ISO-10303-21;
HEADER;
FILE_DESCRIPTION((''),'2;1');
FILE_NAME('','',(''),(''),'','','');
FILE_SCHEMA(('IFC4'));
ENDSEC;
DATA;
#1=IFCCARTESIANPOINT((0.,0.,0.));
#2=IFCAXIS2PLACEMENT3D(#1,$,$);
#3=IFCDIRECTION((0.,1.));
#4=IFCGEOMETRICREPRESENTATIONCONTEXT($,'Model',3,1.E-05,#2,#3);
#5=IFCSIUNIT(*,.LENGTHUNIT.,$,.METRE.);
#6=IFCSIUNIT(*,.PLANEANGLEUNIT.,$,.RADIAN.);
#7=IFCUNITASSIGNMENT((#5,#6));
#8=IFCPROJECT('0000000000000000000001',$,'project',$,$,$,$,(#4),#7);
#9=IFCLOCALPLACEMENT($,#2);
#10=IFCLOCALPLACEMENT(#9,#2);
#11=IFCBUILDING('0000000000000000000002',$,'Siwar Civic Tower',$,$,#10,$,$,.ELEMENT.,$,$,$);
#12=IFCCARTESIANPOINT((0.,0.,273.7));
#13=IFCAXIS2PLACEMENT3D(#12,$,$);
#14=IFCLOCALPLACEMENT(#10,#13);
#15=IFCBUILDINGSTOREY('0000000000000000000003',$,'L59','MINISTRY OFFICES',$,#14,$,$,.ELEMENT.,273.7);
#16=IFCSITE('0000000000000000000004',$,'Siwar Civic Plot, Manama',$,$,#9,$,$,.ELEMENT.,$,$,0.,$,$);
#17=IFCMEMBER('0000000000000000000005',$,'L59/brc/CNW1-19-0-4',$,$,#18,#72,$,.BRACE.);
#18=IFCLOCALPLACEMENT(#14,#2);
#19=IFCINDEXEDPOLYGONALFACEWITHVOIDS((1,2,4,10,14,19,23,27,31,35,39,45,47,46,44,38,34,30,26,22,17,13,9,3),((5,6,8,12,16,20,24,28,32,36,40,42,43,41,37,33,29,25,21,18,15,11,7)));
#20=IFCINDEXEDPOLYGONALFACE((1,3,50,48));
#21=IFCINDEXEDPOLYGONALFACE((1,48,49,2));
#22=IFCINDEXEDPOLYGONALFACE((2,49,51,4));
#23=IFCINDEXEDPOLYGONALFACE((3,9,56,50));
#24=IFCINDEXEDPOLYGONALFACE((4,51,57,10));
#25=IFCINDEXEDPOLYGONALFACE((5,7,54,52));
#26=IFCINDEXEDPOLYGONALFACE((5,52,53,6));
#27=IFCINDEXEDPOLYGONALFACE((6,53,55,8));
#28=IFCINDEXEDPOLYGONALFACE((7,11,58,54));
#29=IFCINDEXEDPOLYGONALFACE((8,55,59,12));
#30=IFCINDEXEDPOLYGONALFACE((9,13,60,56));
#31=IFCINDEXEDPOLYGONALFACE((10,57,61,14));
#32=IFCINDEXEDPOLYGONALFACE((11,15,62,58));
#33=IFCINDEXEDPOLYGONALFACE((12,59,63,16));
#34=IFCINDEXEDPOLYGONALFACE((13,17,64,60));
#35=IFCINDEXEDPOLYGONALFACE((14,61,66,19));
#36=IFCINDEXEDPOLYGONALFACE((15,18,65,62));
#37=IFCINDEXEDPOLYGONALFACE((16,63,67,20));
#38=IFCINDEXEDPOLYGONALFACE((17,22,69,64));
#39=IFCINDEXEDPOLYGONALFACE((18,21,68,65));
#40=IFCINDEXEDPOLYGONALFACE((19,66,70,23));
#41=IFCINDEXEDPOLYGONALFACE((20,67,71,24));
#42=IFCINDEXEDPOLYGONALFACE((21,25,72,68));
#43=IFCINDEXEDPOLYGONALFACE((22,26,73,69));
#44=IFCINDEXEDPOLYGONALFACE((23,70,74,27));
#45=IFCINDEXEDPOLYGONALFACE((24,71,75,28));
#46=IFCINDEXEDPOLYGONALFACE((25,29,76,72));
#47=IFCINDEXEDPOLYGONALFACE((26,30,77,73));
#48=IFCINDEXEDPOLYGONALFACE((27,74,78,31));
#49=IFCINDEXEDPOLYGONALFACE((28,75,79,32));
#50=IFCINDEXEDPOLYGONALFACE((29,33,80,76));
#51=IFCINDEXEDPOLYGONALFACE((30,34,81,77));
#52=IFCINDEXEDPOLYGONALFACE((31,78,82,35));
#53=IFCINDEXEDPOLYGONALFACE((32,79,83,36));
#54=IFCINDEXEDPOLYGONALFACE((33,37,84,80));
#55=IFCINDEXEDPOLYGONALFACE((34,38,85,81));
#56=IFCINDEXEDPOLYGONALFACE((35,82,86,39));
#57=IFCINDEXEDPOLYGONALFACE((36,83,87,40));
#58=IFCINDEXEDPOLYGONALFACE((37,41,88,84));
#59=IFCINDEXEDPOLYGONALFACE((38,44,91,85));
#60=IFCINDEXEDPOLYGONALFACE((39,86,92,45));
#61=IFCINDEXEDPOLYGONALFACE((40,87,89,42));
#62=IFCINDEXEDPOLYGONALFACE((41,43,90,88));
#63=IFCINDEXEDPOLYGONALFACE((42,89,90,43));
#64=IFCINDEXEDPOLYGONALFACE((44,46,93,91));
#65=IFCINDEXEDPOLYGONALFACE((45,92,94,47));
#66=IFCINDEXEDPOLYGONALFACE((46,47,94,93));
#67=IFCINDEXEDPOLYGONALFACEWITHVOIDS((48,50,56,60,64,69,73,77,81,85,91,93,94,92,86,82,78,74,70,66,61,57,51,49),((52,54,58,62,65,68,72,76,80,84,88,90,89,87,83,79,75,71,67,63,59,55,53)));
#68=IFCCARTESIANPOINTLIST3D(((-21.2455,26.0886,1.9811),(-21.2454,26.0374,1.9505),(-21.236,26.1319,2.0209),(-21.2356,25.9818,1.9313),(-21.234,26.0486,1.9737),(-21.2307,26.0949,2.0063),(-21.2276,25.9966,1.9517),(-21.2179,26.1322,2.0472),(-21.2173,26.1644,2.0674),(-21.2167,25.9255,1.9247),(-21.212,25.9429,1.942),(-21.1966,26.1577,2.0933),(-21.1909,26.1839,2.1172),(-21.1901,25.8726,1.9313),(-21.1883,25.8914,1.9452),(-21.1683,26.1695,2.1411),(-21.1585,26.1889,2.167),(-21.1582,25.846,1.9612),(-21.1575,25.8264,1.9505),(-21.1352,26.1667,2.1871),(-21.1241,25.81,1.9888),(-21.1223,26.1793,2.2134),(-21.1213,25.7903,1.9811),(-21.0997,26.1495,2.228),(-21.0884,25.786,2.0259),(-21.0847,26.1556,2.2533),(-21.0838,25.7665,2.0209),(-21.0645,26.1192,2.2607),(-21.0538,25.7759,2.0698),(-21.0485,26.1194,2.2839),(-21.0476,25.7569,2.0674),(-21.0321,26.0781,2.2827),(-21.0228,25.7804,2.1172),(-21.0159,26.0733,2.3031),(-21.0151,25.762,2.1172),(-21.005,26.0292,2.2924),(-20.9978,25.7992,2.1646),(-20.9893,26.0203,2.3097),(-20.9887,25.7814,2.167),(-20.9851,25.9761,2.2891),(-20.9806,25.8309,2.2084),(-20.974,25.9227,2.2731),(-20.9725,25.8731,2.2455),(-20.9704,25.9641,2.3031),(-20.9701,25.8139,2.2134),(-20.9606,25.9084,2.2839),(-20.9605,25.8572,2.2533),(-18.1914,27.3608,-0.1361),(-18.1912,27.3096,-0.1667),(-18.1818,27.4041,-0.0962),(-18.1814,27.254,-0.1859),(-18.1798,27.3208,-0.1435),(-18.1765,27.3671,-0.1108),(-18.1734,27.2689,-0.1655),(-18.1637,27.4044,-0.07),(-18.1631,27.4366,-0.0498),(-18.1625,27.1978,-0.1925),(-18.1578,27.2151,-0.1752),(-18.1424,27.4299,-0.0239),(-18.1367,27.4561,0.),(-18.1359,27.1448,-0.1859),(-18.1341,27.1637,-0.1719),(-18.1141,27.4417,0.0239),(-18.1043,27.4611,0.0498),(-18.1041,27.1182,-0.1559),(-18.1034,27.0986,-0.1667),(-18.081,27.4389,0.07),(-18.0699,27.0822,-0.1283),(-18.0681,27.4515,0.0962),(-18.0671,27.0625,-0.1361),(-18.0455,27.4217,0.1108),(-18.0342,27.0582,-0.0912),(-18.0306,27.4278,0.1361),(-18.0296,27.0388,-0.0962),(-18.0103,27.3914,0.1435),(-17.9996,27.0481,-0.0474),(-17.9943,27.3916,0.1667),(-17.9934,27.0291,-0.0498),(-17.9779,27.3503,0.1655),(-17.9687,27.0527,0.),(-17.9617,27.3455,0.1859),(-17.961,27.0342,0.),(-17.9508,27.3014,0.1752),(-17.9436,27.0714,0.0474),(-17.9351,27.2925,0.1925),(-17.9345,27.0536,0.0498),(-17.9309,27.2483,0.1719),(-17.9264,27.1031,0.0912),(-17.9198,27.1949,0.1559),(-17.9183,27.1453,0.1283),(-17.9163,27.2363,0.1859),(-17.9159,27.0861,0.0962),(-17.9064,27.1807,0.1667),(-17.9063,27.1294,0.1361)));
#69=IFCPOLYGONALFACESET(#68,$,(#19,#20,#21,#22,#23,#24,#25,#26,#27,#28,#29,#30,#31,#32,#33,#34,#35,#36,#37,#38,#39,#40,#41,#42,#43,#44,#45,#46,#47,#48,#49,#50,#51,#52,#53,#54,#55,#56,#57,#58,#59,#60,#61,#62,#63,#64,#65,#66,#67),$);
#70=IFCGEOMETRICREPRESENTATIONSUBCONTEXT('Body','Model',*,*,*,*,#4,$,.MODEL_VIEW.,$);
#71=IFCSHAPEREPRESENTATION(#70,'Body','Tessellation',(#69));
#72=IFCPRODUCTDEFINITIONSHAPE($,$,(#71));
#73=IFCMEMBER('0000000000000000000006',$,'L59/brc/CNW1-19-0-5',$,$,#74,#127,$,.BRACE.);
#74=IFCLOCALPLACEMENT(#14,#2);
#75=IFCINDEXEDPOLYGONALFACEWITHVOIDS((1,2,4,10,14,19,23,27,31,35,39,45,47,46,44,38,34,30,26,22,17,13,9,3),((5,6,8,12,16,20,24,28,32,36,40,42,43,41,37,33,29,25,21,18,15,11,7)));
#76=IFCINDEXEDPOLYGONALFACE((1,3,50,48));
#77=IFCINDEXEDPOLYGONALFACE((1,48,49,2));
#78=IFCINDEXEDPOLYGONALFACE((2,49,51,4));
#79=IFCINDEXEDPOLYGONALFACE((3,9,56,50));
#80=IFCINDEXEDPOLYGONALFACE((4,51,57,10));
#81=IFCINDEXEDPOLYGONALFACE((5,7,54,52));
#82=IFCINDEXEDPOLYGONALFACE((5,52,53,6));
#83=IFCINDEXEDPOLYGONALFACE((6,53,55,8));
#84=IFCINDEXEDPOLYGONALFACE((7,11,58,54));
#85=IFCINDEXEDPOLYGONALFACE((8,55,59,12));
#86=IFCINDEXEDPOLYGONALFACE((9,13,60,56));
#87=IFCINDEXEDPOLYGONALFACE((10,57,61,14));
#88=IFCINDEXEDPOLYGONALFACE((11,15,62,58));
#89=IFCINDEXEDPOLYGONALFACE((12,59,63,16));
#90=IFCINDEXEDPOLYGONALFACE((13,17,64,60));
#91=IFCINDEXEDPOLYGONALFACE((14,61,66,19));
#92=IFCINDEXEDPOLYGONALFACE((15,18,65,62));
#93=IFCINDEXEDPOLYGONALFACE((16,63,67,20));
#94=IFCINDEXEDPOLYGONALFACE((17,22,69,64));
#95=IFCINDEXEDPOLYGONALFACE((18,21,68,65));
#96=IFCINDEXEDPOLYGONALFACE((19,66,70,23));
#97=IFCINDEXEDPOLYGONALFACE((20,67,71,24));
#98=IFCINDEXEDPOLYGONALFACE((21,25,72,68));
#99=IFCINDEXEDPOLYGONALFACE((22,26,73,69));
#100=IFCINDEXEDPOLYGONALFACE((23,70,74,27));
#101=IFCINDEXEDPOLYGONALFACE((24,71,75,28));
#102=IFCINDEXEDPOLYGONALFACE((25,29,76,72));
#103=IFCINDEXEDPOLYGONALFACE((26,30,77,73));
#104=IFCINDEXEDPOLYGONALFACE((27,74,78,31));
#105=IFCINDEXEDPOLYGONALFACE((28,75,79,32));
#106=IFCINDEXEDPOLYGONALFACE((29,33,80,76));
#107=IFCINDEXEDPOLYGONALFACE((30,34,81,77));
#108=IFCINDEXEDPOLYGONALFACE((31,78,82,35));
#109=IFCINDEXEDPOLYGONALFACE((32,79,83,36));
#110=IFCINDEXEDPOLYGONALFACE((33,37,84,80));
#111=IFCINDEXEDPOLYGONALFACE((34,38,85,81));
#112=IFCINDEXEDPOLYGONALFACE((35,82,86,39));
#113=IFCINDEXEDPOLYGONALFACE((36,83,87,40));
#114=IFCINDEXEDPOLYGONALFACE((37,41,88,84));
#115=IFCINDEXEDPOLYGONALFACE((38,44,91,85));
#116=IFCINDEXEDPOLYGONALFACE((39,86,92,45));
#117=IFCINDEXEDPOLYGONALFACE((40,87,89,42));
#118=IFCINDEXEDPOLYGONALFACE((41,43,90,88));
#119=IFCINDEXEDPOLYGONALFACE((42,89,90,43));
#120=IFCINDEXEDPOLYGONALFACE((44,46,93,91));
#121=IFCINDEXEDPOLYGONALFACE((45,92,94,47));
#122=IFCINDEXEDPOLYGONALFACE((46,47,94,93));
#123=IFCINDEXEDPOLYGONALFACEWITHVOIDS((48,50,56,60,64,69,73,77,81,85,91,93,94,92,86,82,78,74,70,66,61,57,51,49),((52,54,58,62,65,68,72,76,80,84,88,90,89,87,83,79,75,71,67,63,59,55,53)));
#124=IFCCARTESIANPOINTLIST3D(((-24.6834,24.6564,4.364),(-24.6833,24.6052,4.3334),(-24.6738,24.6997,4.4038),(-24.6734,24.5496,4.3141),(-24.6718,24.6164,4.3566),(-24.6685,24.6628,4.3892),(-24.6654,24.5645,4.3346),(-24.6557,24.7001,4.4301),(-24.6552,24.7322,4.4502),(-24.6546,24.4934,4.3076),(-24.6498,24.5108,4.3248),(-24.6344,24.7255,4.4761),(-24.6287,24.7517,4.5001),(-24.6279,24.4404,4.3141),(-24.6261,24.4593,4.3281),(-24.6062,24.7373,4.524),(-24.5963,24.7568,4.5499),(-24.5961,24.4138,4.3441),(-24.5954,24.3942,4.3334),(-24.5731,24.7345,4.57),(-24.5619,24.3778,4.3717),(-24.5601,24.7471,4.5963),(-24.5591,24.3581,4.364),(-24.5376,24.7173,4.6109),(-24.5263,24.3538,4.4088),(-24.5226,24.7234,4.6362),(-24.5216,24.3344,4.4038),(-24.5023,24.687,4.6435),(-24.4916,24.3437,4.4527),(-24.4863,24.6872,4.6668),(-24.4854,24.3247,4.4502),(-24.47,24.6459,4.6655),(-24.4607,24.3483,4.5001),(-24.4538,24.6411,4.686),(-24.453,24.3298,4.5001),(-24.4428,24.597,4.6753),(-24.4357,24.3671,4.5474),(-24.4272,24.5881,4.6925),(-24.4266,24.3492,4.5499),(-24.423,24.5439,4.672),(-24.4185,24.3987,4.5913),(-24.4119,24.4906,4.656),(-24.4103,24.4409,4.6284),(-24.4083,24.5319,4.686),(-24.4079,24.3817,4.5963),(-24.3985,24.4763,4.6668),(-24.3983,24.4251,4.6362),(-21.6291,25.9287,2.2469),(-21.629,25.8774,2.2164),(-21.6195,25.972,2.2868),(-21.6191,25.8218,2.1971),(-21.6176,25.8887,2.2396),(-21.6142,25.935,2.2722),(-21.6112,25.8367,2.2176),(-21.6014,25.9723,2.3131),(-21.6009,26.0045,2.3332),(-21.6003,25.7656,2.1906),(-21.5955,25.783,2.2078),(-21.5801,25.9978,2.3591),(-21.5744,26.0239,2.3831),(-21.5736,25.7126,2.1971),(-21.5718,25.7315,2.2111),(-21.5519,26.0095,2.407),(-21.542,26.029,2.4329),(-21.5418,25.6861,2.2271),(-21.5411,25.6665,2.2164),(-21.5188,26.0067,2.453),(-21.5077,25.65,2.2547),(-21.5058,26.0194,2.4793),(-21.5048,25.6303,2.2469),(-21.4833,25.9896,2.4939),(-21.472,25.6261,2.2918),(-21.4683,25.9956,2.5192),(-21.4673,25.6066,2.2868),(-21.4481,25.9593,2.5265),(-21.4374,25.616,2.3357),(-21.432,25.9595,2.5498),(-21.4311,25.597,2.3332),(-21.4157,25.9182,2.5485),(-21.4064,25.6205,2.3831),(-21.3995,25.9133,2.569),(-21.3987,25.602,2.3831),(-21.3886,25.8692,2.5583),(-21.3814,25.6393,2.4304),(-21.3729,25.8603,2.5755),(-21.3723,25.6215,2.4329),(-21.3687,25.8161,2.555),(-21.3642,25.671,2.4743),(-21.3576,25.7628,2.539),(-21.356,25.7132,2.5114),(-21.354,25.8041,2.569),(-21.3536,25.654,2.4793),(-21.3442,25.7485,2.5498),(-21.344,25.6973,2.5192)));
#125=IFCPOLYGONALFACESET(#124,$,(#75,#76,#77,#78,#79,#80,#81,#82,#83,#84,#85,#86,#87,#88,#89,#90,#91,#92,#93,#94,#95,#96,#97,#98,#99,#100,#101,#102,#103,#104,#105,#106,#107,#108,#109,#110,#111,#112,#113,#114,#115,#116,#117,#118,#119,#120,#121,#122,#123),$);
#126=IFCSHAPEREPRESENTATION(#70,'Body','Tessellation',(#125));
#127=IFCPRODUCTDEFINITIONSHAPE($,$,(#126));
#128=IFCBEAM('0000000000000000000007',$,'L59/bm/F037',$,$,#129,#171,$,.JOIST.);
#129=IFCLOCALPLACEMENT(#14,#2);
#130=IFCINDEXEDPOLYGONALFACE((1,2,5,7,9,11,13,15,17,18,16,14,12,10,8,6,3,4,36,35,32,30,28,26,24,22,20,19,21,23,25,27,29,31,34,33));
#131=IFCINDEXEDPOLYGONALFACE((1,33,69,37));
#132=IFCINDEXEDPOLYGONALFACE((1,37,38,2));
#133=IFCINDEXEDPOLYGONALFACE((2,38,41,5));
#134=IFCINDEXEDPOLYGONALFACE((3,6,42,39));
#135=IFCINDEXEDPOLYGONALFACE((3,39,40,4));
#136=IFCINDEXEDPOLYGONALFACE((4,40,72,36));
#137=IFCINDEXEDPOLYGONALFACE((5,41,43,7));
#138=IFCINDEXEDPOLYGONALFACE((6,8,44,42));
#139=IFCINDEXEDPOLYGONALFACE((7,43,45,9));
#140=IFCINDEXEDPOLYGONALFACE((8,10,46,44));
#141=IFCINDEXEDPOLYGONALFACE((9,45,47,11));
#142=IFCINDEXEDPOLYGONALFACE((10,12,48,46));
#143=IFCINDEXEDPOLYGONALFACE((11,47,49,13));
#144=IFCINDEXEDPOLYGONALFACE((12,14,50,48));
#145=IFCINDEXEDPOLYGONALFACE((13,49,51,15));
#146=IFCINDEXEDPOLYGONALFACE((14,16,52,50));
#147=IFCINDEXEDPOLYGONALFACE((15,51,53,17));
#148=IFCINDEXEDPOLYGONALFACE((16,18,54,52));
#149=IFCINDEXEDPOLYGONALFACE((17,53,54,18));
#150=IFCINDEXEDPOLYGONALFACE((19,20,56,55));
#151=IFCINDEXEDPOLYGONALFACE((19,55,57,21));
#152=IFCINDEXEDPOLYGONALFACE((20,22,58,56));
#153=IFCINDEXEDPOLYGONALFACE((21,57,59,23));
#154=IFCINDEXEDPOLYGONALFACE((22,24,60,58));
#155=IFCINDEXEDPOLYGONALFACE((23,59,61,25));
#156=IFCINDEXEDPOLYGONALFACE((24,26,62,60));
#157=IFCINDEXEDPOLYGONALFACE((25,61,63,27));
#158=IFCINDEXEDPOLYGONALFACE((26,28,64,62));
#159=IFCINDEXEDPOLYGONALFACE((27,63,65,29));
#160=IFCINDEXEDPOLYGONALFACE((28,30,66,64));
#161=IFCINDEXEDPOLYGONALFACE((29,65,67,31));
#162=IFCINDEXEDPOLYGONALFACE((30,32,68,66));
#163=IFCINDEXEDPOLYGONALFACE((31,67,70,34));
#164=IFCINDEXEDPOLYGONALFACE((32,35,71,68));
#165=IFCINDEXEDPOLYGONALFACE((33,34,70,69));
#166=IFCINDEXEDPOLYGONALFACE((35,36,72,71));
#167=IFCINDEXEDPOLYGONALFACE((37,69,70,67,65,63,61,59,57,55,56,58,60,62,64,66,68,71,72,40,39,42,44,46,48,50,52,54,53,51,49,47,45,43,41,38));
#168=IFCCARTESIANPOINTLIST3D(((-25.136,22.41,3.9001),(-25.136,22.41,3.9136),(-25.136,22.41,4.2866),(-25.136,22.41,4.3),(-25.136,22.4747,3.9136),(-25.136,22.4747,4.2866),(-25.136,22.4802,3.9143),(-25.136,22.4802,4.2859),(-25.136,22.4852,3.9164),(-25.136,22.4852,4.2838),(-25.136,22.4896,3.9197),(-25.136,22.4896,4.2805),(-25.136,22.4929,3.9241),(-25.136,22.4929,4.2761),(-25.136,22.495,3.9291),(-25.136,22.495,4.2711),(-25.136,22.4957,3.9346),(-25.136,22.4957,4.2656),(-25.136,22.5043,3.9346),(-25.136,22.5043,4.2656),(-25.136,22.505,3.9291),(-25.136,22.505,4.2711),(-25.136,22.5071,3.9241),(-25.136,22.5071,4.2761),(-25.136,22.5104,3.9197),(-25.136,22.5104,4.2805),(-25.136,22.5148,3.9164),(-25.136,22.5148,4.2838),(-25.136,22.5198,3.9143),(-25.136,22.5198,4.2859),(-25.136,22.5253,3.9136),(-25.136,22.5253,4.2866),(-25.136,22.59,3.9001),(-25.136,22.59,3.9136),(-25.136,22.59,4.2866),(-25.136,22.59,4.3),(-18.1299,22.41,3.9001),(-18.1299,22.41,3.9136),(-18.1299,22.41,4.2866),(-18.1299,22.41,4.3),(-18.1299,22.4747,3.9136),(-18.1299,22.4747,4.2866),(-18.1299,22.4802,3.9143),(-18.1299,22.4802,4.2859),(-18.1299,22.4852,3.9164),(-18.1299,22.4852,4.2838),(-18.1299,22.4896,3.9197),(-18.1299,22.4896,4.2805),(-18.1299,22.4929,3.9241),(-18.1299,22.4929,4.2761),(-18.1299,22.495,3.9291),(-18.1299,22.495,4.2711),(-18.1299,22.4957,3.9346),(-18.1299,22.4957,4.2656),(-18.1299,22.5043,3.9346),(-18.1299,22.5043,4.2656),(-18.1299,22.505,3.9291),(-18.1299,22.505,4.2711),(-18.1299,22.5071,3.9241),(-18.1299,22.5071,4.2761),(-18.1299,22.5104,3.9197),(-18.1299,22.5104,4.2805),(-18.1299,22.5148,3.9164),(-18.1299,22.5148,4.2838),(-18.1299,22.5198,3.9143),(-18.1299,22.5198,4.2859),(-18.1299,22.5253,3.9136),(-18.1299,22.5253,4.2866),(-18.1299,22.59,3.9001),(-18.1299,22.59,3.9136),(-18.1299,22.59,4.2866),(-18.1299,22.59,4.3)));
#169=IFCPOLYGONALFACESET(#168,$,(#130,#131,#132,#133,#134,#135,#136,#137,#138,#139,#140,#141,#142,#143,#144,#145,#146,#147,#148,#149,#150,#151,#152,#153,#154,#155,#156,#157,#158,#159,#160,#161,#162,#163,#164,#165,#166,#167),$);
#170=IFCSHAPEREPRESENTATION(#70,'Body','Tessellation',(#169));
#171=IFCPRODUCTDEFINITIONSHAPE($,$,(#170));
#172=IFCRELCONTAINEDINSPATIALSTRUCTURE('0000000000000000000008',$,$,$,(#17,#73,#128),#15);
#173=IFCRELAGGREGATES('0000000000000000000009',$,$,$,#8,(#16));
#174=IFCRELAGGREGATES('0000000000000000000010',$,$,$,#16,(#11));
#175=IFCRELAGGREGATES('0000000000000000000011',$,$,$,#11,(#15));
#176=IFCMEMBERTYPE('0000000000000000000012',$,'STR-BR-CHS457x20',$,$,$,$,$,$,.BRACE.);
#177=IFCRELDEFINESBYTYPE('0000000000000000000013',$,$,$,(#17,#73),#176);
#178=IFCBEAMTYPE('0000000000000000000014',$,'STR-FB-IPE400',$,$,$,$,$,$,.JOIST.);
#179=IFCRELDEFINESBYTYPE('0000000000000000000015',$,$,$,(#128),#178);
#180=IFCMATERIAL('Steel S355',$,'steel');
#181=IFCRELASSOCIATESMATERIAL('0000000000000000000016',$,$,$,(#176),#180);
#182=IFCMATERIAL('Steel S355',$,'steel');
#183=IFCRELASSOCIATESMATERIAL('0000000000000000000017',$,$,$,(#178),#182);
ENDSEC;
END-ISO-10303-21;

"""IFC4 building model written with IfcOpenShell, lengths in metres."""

from ifc_helpers import new_model, si_unit, direction, frame, origin, origin_2d, place, context, subcontext, project, spatial, hollow_circle, i_section, extrude, material, material_profile, profile_set, type_object, element, save


model = new_model("IFC4")

# Units and contexts
model_context = context("Model", 3, precision=1e-05, world=origin(), true_north=direction((0.0, 1.0)))
body_context = subcontext(model_context, "Body", "Model", "MODEL_VIEW")
ifc_project = project(units=[si_unit("LENGTHUNIT", "METRE"), si_unit("PLANEANGLEUNIT", "RADIAN")], contexts=[model_context])

# Site, building, storey
site_placement = place(None, origin())
site = spatial("IfcSite", under=ifc_project, at=site_placement, Name="Siwar Civic Plot, Manama", CompositionType="ELEMENT", RefElevation=0.0)
building_placement = place(site_placement, origin())
building = spatial("IfcBuilding", under=site, at=building_placement, Name="Siwar Civic Tower", CompositionType="ELEMENT")
storey_placement = place(building_placement, frame((0.0, 0.0, 273.7)))
storey = spatial("IfcBuildingStorey", under=building, at=storey_placement, Name="L59", Description="MINISTRY OFFICES", CompositionType="ELEMENT", Elevation=273.7)

# Members
ifc_material_1 = material(Name="Steel S355", Category="steel")
ifc_material_profile_1 = material_profile(ifc_material_1, hollow_circle(Radius=0.2285, WallThickness=0.02, at=origin_2d()), Name="CHS457x20")
ifc_profile_set_1 = profile_set([ifc_material_profile_1], Name="Steel S355")
member_type_1 = type_object("IfcMemberType", Name="STR-BR-CHS457x20", PredefinedType="BRACE", material=ifc_profile_set_1)
for number, where, z_axis, x_axis, name in (
    (1, (-18.0488, 27.2451, 0.0), (-0.777546, -0.323884, 0.538999), (0.384521, -0.923116, 0.0), "L59/brc/CNW1-19-0-4"),
    (2, (-21.4866, 25.813, 2.3831), (-0.777572, -0.323895, 0.538955), (0.384521, -0.923116, 0.0), "L59/brc/CNW1-19-0-5"),
):
    element("IfcMember", number, at=place(storey_placement, frame(where, z_axis=z_axis, x_axis=x_axis)), inside=storey, type_object=member_type_1, Name=name, PredefinedType="BRACE", context=body_context, shape_type="SweptSolid", body=[
        extrude(hollow_circle(Radius=0.2285, WallThickness=0.02, at=origin_2d()), origin(), (0.0, 0.0, 1.0), 3.928),
    ])

# Beam
ifc_material_2 = material(Name="Steel S355", Category="steel")
ifc_material_profile_2 = material_profile(ifc_material_2, i_section(OverallWidth=0.1799, OverallDepth=0.3999, WebThickness=0.0085, FlangeThickness=0.0134, FilletRadius=0.021, at=origin_2d()), Name="IPE400")
ifc_profile_set_2 = profile_set([ifc_material_profile_2], Name="Steel S355")
beam_type_1 = type_object("IfcBeamType", Name="STR-FB-IPE400", PredefinedType="JOIST", material=ifc_profile_set_2)
beam_1_placement = place(storey_placement, frame((-25.136, 22.5, 4.1001), z_axis=(1.0, 0.0, 0.0), x_axis=(0.0, 1.0, 0.0)))
element("IfcBeam", 3, at=beam_1_placement, inside=storey, type_object=beam_type_1, Name="L59/bm/F037", PredefinedType="JOIST", context=body_context, shape_type="SweptSolid", body=[
    extrude(i_section(OverallWidth=0.1799, OverallDepth=0.3999, WebThickness=0.0085, FlangeThickness=0.0134, FilletRadius=0.021, at=origin_2d()), origin(), (0.0, 0.0, 1.0), 7.0061),
])

save(model, "model.ifc")
